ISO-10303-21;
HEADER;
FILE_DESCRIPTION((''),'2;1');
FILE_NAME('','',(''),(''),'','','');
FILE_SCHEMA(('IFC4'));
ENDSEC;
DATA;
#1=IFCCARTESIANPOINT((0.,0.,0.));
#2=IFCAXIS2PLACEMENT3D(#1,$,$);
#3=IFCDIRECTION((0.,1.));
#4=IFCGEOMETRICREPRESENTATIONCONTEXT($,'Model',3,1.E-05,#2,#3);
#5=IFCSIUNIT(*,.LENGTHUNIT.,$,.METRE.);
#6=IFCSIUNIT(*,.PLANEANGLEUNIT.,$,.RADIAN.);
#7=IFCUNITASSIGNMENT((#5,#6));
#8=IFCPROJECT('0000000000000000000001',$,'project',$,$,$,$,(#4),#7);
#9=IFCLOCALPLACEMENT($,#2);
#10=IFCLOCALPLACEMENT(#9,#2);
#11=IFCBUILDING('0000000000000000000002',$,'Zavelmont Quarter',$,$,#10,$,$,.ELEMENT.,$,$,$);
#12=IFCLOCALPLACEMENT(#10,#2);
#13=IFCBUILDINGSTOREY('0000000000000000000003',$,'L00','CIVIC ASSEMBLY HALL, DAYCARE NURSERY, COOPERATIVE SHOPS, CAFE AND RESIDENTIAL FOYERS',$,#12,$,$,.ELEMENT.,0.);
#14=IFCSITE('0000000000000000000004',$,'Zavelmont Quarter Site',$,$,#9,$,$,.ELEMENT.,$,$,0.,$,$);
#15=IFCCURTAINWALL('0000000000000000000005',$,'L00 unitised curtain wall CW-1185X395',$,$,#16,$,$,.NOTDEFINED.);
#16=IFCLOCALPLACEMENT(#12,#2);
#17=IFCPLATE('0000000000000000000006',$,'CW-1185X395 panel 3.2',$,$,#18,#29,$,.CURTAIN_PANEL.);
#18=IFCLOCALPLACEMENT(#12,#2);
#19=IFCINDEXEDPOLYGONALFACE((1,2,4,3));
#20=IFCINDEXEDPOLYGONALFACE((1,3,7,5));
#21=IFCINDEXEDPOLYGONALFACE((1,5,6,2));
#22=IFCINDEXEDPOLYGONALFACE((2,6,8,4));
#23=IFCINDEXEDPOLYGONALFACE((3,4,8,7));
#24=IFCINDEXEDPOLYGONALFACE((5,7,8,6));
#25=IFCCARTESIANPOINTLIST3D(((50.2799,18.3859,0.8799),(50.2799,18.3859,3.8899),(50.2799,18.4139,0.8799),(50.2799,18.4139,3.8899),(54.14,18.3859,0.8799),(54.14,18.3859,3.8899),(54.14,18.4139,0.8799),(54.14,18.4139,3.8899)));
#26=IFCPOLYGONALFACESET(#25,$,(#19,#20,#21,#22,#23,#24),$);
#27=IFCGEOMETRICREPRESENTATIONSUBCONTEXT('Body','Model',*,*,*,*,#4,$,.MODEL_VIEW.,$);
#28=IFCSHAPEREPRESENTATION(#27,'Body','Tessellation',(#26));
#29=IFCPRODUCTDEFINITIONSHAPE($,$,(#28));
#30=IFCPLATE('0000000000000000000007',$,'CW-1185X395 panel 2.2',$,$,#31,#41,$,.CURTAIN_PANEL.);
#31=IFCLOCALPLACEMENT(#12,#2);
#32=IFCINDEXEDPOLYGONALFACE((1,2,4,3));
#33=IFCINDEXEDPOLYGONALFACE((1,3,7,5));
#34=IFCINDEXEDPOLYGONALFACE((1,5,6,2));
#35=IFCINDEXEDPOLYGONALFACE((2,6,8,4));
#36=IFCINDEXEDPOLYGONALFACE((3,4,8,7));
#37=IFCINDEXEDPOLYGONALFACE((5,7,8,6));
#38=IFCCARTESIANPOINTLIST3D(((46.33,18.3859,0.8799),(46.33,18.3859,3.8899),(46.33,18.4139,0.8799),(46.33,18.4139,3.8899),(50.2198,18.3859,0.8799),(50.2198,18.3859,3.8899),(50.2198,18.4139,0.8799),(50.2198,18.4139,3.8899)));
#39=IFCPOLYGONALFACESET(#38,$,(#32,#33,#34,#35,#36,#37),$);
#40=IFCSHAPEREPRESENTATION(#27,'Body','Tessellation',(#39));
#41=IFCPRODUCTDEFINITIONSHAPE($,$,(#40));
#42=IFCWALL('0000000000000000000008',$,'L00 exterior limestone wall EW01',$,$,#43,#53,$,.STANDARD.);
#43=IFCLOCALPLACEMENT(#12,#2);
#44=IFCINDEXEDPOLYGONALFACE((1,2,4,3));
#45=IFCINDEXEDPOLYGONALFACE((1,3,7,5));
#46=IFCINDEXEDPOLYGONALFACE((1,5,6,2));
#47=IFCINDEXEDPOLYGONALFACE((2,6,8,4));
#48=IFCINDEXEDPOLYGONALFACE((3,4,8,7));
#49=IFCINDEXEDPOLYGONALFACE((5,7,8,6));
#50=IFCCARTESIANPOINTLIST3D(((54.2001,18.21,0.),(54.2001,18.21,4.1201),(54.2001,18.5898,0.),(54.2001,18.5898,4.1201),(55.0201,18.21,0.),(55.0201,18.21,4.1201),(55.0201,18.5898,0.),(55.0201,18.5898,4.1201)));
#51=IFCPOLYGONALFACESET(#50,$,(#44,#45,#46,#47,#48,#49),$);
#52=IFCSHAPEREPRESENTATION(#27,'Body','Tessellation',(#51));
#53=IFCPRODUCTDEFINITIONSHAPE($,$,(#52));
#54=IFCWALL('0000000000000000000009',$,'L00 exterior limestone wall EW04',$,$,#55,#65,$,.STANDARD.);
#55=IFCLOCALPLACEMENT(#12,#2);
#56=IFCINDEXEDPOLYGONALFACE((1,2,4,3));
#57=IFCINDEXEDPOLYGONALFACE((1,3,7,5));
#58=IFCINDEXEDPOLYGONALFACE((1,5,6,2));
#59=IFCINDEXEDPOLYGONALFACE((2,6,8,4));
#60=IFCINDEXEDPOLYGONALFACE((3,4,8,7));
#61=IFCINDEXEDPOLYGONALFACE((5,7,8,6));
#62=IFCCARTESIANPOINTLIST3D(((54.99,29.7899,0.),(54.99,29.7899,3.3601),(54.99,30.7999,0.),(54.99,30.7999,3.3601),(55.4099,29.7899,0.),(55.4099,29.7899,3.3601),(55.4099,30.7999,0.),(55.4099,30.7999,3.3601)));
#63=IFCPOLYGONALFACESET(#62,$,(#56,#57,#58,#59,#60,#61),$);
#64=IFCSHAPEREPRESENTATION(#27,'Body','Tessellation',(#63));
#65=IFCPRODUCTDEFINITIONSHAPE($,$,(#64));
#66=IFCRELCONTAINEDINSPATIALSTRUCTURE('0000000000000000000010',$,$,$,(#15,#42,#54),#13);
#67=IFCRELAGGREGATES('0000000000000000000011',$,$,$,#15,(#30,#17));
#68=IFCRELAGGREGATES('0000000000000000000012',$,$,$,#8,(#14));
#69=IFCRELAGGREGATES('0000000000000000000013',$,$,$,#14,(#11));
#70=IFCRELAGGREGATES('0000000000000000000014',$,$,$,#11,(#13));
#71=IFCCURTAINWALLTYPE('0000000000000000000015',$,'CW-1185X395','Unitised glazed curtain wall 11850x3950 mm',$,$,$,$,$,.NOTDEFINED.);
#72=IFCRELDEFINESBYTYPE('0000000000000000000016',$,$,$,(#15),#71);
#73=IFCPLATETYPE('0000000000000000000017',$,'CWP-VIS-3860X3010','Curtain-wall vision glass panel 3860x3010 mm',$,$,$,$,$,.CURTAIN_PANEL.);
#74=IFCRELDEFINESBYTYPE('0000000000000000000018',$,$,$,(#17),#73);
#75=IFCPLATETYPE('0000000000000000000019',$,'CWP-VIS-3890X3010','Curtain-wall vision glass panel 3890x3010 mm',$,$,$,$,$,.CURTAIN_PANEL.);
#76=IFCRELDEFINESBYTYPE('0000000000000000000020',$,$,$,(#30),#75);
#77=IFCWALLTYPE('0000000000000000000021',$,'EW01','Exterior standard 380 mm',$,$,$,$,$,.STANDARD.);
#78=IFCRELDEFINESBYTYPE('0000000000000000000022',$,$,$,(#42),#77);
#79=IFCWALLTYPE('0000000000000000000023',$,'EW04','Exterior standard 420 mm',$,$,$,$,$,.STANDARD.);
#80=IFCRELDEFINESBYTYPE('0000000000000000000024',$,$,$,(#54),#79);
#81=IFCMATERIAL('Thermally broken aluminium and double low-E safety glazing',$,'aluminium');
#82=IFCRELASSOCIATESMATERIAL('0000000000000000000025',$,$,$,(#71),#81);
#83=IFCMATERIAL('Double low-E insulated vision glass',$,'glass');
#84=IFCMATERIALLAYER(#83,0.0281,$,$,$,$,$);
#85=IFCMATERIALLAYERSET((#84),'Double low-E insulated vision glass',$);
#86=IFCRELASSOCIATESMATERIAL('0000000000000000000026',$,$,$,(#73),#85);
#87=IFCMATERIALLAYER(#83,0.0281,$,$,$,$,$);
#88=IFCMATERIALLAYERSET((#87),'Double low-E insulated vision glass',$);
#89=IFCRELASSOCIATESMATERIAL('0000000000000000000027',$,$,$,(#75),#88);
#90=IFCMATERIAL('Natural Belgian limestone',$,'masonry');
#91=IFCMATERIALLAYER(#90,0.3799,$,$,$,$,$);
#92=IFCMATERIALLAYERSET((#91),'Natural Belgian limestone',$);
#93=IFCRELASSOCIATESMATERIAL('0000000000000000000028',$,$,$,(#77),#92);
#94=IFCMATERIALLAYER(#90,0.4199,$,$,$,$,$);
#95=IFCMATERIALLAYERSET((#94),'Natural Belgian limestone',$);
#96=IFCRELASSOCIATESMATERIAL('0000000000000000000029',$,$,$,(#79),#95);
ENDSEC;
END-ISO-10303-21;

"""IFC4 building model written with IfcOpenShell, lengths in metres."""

from ifc_helpers import new_model, si_unit, direction, frame, frame_2d, origin, origin_2d, place, context, subcontext, project, spatial, rectangle, extrude, material, layer, layer_set, type_object, element, aggregate, save


model = new_model("IFC4")

# Units and contexts
model_context = context("Model", 3, precision=1e-05, world=origin(), true_north=direction((0.0, 1.0)))
body_context = subcontext(model_context, "Body", "Model", "MODEL_VIEW")
ifc_project = project(units=[si_unit("LENGTHUNIT", "METRE"), si_unit("PLANEANGLEUNIT", "RADIAN")], contexts=[model_context])

# Site, building, storey
site_placement = place(None, origin())
site = spatial("IfcSite", under=ifc_project, at=site_placement, Name="Zavelmont Quarter Site", CompositionType="ELEMENT", RefElevation=0.0)
building_placement = place(site_placement, origin())
building = spatial("IfcBuilding", under=site, at=building_placement, Name="Zavelmont Quarter", CompositionType="ELEMENT")
storey_placement = place(building_placement, origin())
storey = spatial("IfcBuildingStorey", under=building, at=storey_placement, Name="L00", Description="CIVIC ASSEMBLY HALL, DAYCARE NURSERY, COOPERATIVE SHOPS, CAFE AND RESIDENTIAL FOYERS", CompositionType="ELEMENT", Elevation=0.0)

# Curtain wall
ifc_material_1 = material(Name="Thermally broken aluminium and double low-E safety glazing", Category="aluminium")
curtain_wall_type = type_object("IfcCurtainWallType", Name="CW-1185X395", Description="Unitised glazed curtain wall 11850x3950 mm", PredefinedType="NOTDEFINED", material=ifc_material_1)
curtain_wall_placement = place(storey_placement, origin())
curtain_wall = element("IfcCurtainWall", 1, at=curtain_wall_placement, inside=storey, type_object=curtain_wall_type, Name="L00 unitised curtain wall CW-1185X395", PredefinedType="NOTDEFINED")

# Plates
ifc_material_2 = material(Name="Double low-E insulated vision glass", Category="glass")
ifc_layer_1 = layer(ifc_material_2, 0.0281)
ifc_layer_set_1 = layer_set([ifc_layer_1], Name="Double low-E insulated vision glass")
plate_type_1 = type_object("IfcPlateType", Name="CWP-VIS-3860X3010", Description="Curtain-wall vision glass panel 3860x3010 mm", PredefinedType="CURTAIN_PANEL", material=ifc_layer_set_1)
plate_1_placement = place(storey_placement, frame((52.21, 18.3999, 0.8799), z_axis=(0.0, 0.0, 1.0), x_axis=(1.0, 0.0, 0.0)))
plate_1 = element("IfcPlate", 2, at=plate_1_placement, type_object=plate_type_1, Name="CW-1185X395 panel 3.2", PredefinedType="CURTAIN_PANEL", context=body_context, shape_type="SweptSolid", body=[
    extrude(rectangle(XDim=3.8601, YDim=0.0281, at=origin_2d()), origin(), (0.0, 0.0, 1.0), 3.01),
])
ifc_layer_2 = layer(ifc_material_2, 0.0281)
ifc_layer_set_2 = layer_set([ifc_layer_2], Name="Double low-E insulated vision glass")
plate_type_2 = type_object("IfcPlateType", Name="CWP-VIS-3890X3010", Description="Curtain-wall vision glass panel 3890x3010 mm", PredefinedType="CURTAIN_PANEL", material=ifc_layer_set_2)
plate_2_placement = place(storey_placement, frame((48.2749, 18.3999, 0.8799), z_axis=(0.0, 0.0, 1.0), x_axis=(1.0, 0.0, 0.0)))
plate_2 = element("IfcPlate", 3, at=plate_2_placement, type_object=plate_type_2, Name="CW-1185X395 panel 2.2", PredefinedType="CURTAIN_PANEL", context=body_context, shape_type="SweptSolid", body=[
    extrude(rectangle(XDim=3.8899, YDim=0.0281, at=origin_2d()), origin(), (0.0, 0.0, 1.0), 3.01),
])
aggregate(curtain_wall, [plate_2, plate_1])

# Walls
ifc_material_3 = material(Name="Natural Belgian limestone", Category="masonry")
ifc_layer_3 = layer(ifc_material_3, 0.3799)
ifc_layer_set_3 = layer_set([ifc_layer_3], Name="Natural Belgian limestone")
wall_type_1 = type_object("IfcWallType", Name="EW01", Description="Exterior standard 380 mm", PredefinedType="STANDARD", material=ifc_layer_set_3)
wall_1_placement = place(storey_placement, frame((54.2, 18.3999, 0.0), z_axis=(0.0, 0.0, 1.0), x_axis=(1.0, 0.0, 0.0)))
element("IfcWall", 4, at=wall_1_placement, inside=storey, type_object=wall_type_1, Name="L00 exterior limestone wall EW01", PredefinedType="STANDARD", context=body_context, shape_type="SweptSolid", body=[
    extrude(rectangle(XDim=0.8201, YDim=0.3799, at=frame_2d((0.4102, 0.0))), origin(), (0.0, 0.0, 1.0), 4.1201),
])
ifc_layer_4 = layer(ifc_material_3, 0.4199)
ifc_layer_set_4 = layer_set([ifc_layer_4], Name="Natural Belgian limestone")
wall_type_2 = type_object("IfcWallType", Name="EW04", Description="Exterior standard 420 mm", PredefinedType="STANDARD", material=ifc_layer_set_4)
wall_2_placement = place(storey_placement, frame((55.2, 29.79, 0.0), z_axis=(0.0, 0.0, 1.0), x_axis=(0.0, 1.0, 0.0)))
element("IfcWall", 5, at=wall_2_placement, inside=storey, type_object=wall_type_2, Name="L00 exterior limestone wall EW04", PredefinedType="STANDARD", context=body_context, shape_type="SweptSolid", body=[
    extrude(rectangle(XDim=1.01, YDim=0.4199, at=frame_2d((0.5049, 0.0))), origin(), (0.0, 0.0, 1.0), 3.3601),
])

save(model, "model.ifc")
